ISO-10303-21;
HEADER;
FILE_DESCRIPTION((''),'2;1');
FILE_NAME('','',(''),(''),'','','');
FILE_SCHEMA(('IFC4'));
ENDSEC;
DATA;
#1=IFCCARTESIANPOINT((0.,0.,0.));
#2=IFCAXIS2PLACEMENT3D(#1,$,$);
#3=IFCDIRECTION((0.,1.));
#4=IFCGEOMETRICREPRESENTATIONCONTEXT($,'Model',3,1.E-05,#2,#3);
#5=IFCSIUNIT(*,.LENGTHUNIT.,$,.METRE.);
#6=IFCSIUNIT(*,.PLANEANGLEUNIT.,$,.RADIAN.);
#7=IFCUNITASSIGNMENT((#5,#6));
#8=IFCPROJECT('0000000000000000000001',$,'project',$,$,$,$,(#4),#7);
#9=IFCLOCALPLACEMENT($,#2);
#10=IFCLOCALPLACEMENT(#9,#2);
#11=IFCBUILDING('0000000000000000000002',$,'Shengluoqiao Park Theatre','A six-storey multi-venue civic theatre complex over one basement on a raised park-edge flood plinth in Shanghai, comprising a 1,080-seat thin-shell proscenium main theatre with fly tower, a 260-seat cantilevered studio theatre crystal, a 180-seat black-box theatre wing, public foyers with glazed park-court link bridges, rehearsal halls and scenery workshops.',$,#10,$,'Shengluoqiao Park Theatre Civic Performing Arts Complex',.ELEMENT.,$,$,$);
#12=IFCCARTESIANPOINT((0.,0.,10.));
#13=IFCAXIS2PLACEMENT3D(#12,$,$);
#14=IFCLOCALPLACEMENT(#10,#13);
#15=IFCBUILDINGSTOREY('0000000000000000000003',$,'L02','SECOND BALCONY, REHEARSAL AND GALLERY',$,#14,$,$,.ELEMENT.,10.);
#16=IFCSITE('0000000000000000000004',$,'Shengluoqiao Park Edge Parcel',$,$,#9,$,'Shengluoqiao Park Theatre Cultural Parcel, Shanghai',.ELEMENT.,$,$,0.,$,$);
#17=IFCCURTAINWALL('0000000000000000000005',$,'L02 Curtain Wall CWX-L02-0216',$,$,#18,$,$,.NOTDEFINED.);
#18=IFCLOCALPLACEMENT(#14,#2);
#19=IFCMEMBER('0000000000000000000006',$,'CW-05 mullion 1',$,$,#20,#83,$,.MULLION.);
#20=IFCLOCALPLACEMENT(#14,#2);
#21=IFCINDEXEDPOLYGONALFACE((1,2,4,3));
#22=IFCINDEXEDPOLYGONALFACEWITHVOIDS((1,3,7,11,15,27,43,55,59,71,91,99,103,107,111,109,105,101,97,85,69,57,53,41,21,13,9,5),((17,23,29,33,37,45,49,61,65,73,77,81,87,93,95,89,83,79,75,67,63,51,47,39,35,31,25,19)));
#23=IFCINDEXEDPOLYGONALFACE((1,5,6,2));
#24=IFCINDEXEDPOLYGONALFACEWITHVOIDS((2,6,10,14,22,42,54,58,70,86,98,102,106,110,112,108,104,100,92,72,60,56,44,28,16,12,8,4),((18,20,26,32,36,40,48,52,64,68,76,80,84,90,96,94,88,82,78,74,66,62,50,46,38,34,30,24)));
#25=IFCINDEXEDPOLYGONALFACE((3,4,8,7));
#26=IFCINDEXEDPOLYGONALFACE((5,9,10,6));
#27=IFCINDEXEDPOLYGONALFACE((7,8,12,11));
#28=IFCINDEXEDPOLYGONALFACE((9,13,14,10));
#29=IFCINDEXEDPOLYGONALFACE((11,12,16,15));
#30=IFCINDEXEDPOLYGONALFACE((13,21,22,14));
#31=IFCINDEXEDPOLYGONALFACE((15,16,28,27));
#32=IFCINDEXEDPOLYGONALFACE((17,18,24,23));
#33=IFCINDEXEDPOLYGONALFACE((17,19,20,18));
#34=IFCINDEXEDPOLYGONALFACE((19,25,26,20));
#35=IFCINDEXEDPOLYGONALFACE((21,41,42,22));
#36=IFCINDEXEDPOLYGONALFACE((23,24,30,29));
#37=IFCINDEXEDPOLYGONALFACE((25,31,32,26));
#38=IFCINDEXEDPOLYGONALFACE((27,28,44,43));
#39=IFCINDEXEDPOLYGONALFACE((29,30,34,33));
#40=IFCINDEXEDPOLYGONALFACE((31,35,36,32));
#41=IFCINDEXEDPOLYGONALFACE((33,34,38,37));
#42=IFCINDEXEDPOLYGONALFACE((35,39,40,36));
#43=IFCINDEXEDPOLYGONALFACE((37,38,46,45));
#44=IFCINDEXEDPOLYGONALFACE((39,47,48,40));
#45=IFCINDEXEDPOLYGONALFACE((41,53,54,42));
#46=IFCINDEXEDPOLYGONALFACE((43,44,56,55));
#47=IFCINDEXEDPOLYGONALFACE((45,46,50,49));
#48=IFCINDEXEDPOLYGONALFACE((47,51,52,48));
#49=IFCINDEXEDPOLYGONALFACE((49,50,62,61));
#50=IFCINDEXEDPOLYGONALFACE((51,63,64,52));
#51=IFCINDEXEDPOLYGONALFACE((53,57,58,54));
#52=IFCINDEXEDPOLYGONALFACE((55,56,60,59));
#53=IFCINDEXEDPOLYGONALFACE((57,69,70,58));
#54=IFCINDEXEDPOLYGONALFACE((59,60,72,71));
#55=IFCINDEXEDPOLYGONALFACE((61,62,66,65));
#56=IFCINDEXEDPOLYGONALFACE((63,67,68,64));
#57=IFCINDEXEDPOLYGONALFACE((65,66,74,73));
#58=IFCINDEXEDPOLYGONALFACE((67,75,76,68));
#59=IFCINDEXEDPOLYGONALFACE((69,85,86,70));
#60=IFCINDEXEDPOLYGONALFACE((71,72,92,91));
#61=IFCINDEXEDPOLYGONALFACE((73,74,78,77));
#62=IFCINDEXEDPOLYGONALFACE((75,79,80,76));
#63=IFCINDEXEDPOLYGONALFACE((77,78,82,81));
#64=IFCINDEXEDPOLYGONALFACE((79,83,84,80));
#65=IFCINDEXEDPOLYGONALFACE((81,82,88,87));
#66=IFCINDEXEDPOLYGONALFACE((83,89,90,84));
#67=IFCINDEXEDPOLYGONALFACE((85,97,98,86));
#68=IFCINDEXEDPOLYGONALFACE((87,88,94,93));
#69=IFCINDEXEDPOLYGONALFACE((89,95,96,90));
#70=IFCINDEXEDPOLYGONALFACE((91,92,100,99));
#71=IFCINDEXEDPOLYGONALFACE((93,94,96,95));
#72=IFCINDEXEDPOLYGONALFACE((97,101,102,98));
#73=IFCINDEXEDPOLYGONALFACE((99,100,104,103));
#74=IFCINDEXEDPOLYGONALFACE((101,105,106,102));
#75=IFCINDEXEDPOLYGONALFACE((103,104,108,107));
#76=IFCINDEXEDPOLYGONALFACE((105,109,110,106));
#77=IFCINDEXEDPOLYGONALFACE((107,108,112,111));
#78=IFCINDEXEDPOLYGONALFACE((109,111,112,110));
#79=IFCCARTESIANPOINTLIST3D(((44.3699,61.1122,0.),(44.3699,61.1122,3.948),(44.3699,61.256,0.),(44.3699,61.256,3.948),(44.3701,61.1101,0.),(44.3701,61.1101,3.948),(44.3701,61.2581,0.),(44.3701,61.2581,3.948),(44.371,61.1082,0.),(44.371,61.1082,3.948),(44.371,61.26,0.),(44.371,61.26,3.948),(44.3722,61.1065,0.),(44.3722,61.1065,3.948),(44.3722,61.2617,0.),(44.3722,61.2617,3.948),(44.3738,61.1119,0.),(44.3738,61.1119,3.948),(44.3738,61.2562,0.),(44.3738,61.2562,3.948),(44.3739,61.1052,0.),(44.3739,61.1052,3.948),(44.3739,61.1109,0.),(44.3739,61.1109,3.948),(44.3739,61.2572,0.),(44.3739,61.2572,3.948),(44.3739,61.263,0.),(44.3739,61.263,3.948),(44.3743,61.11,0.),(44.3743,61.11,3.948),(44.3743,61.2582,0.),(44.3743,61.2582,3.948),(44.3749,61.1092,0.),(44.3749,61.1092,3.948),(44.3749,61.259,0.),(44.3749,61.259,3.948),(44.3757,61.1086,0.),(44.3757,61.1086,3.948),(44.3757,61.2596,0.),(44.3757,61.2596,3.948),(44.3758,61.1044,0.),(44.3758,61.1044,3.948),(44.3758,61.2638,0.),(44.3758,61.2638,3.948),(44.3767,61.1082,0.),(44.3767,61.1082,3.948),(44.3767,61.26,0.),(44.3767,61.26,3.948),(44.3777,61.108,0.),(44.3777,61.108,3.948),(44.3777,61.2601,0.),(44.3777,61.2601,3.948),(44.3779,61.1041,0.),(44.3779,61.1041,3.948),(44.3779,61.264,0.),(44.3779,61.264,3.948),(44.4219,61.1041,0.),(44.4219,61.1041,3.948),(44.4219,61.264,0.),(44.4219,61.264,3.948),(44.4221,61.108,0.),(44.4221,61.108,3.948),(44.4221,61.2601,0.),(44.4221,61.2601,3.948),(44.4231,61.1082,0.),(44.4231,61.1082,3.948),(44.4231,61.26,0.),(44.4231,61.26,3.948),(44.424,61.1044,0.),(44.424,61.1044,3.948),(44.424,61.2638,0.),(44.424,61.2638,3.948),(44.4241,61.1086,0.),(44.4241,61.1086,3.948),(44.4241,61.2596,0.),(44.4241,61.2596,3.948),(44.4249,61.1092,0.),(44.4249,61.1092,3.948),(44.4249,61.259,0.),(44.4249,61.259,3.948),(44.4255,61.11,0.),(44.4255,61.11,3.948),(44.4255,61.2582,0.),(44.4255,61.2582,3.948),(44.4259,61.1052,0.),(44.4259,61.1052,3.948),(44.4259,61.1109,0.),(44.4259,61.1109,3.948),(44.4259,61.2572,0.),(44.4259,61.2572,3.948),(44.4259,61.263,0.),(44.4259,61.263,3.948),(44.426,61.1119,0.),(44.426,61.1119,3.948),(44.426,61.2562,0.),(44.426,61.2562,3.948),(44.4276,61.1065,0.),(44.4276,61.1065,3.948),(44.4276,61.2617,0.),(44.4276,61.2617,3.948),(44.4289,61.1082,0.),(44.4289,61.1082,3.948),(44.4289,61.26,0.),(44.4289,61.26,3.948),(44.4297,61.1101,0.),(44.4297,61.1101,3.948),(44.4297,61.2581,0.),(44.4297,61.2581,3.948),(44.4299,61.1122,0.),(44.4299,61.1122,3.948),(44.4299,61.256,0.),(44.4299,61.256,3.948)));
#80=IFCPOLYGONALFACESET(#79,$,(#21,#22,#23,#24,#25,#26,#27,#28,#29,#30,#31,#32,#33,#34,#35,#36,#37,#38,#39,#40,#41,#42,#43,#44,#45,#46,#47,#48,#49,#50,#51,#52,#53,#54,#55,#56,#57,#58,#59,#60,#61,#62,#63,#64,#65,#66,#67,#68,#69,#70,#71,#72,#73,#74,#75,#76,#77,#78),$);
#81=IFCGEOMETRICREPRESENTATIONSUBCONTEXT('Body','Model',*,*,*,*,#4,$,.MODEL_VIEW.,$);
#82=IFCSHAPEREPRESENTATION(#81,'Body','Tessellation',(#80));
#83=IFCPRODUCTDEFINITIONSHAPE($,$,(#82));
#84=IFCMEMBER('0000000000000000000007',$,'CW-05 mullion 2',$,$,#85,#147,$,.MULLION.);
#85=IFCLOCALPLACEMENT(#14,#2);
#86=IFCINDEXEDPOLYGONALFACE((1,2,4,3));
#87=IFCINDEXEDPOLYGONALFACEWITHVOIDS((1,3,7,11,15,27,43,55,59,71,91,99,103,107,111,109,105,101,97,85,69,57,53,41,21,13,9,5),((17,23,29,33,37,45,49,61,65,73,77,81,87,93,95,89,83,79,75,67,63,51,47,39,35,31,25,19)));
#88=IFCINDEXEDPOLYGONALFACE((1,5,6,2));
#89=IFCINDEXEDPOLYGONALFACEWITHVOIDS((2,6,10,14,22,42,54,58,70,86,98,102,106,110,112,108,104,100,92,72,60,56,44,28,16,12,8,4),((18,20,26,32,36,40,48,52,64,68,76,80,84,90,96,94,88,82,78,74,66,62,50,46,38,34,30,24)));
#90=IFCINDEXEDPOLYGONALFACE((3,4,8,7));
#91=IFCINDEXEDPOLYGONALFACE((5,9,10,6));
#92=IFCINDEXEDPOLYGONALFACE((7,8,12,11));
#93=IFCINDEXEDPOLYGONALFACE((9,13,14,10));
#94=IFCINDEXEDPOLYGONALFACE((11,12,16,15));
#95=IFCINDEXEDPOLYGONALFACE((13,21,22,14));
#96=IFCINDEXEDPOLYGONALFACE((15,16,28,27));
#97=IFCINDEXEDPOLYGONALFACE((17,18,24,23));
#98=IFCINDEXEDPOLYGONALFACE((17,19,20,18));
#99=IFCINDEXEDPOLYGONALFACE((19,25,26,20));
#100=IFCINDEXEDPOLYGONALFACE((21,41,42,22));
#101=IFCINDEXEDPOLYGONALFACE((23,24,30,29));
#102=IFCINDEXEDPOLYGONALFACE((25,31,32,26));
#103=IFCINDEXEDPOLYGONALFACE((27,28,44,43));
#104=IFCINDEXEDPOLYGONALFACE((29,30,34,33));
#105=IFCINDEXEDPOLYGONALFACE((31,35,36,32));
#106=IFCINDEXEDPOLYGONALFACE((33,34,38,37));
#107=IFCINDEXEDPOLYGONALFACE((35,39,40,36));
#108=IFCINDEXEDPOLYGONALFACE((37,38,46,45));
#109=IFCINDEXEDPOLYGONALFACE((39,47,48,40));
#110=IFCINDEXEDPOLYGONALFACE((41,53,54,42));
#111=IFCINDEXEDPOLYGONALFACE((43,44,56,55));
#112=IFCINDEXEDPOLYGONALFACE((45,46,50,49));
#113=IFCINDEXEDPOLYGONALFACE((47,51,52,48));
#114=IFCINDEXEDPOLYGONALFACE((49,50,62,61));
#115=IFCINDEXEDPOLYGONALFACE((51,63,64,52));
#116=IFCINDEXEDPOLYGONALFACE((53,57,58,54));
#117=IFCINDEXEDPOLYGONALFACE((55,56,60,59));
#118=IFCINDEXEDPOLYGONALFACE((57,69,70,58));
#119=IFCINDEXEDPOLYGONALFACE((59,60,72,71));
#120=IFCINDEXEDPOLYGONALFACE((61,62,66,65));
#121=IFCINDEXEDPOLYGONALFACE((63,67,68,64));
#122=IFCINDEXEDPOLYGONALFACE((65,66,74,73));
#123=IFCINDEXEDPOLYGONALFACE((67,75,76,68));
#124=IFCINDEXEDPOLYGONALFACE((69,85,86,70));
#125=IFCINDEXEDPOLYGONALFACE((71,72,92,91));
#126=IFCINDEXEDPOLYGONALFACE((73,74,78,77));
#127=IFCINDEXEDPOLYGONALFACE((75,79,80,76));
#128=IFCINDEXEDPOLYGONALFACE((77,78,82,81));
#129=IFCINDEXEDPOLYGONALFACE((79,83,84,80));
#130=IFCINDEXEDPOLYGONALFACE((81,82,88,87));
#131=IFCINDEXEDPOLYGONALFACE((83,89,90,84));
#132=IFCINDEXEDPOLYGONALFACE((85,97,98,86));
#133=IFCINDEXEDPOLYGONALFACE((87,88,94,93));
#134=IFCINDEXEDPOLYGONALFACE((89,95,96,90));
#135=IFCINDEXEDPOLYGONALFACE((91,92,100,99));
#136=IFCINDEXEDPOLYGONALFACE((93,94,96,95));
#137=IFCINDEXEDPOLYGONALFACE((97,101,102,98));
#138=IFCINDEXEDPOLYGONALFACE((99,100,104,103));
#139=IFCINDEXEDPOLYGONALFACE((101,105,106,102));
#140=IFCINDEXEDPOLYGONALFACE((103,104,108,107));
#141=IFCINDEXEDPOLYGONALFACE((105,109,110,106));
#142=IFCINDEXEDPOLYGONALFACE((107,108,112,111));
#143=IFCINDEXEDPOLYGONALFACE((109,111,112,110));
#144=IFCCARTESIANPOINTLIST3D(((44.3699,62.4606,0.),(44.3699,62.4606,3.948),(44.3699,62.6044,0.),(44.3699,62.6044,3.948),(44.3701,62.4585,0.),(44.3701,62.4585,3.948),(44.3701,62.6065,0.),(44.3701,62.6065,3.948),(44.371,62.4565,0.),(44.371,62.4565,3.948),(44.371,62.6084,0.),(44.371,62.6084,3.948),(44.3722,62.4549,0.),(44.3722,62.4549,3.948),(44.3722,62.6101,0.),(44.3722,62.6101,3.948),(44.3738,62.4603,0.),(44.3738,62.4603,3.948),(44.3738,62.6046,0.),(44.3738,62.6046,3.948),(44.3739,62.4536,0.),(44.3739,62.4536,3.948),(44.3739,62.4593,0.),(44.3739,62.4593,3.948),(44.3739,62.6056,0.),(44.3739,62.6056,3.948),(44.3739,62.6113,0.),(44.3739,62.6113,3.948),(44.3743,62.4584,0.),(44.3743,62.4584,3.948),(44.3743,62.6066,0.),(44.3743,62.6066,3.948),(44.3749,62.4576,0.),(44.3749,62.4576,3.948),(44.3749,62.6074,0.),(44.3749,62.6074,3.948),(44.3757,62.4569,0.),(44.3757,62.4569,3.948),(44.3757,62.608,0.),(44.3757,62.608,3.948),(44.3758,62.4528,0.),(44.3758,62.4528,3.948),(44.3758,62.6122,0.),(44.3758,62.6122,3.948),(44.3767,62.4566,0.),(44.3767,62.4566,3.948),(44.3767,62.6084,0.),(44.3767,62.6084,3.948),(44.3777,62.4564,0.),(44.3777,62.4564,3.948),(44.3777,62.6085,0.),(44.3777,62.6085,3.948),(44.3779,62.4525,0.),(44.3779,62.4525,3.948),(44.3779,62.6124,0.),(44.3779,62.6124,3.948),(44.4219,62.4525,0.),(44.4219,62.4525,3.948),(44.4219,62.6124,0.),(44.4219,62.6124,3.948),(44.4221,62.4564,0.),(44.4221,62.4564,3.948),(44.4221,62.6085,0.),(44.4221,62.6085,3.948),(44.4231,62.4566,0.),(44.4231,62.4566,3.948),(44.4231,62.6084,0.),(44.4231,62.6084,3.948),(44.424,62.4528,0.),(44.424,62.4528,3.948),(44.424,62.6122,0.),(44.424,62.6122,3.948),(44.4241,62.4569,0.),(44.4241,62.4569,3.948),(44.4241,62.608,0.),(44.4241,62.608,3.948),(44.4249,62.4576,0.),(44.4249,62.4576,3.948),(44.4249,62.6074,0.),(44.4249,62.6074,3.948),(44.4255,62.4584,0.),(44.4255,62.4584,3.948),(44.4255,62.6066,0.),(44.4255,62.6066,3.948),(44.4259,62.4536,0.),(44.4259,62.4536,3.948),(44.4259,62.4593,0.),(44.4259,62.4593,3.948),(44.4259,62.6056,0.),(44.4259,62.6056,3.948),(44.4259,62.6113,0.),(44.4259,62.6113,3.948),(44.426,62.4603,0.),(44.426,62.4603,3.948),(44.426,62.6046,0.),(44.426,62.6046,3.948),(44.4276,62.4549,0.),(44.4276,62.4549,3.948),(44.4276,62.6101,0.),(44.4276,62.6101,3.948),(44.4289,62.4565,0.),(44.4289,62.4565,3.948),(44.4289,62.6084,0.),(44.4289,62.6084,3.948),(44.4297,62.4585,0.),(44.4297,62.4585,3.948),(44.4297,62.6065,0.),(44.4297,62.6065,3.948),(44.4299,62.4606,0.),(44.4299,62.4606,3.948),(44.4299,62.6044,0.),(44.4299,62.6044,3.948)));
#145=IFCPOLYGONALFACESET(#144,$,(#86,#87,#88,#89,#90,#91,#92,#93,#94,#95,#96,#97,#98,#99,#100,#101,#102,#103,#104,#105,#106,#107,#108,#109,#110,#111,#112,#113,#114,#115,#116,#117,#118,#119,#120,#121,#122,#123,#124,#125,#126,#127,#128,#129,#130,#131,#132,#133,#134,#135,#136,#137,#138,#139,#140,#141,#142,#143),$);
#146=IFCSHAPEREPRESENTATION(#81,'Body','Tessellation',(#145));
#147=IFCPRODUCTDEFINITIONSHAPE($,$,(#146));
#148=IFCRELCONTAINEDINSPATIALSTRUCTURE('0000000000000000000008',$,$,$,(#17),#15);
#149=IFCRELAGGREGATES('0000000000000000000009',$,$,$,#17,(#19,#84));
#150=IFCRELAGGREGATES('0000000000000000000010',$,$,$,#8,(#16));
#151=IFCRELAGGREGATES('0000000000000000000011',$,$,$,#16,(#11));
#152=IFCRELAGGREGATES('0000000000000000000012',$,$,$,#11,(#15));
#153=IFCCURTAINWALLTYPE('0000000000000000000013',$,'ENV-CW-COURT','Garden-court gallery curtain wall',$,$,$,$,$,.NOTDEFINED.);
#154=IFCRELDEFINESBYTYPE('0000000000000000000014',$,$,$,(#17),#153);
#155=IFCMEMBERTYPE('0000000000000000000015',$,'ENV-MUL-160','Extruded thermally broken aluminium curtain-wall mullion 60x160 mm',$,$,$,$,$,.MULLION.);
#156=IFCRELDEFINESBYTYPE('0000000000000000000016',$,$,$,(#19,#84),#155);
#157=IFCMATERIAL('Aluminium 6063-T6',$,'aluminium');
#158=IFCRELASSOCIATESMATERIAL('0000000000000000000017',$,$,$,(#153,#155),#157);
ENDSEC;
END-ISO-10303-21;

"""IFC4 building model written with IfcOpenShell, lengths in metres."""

from ifc_helpers import new_model, si_unit, direction, frame, origin, origin_2d, place, context, subcontext, project, spatial, hollow_rectangle, extrude, material, material_profile, profile_set, type_object, element, aggregate, save


model = new_model("IFC4")

# Units and contexts
model_context = context("Model", 3, precision=1e-05, world=origin(), true_north=direction((0.0, 1.0)))
body_context = subcontext(model_context, "Body", "Model", "MODEL_VIEW")
ifc_project = project(units=[si_unit("LENGTHUNIT", "METRE"), si_unit("PLANEANGLEUNIT", "RADIAN")], contexts=[model_context])

# Site, building, storey
site_placement = place(None, origin())
site = spatial("IfcSite", under=ifc_project, at=site_placement, Name="Shengluoqiao Park Edge Parcel", LongName="Shengluoqiao Park Theatre Cultural Parcel, Shanghai", CompositionType="ELEMENT", RefElevation=0.0)
building_placement = place(site_placement, origin())
building = spatial("IfcBuilding", under=site, at=building_placement, Name="Shengluoqiao Park Theatre", Description="A six-storey multi-venue civic theatre complex over one basement on a raised park-edge flood plinth in Shanghai, comprising a 1,080-seat thin-shell proscenium main theatre with fly tower, a 260-seat cantilevered studio theatre crystal, a 180-seat black-box theatre wing, public foyers with glazed park-court link bridges, rehearsal halls and scenery workshops.", LongName="Shengluoqiao Park Theatre Civic Performing Arts Complex", CompositionType="ELEMENT")
storey_placement = place(building_placement, frame((0.0, 0.0, 10.0)))
storey = spatial("IfcBuildingStorey", under=building, at=storey_placement, Name="L02", Description="SECOND BALCONY, REHEARSAL AND GALLERY", CompositionType="ELEMENT", Elevation=10.0)

# Curtain wall, members
ifc_material_1 = material(Name="Aluminium 6063-T6", Category="aluminium")
curtain_wall_type = type_object("IfcCurtainWallType", Name="ENV-CW-COURT", Description="Garden-court gallery curtain wall", PredefinedType="NOTDEFINED", material=ifc_material_1)
ifc_material_profile_1 = material_profile(ifc_material_1, hollow_rectangle(XDim=0.0601, YDim=0.1599, WallThickness=0.0039, InnerFilletRadius=0.0039, OuterFilletRadius=0.0081, at=origin_2d()), Name="ALU MULLION 160x60x4")
ifc_profile_set_1 = profile_set([ifc_material_profile_1], Name="Aluminium 6063-T6")
member_type_1 = type_object("IfcMemberType", Name="ENV-MUL-160", Description="Extruded thermally broken aluminium curtain-wall mullion 60x160 mm", PredefinedType="MULLION", material=ifc_profile_set_1)
curtain_wall_1_placement = place(storey_placement, origin())
curtain_wall_1 = element("IfcCurtainWall", 1, at=curtain_wall_1_placement, inside=storey, type_object=curtain_wall_type, Name="L02 Curtain Wall CWX-L02-0216", PredefinedType="NOTDEFINED")
member_1_placement = place(storey_placement, frame((44.3999, 61.1841, 0.0), z_axis=(0.0, 0.0, 1.0), x_axis=(-1.0, 0.0, 0.0)))
member_1 = element("IfcMember", 2, at=member_1_placement, type_object=member_type_1, Name="CW-05 mullion 1", PredefinedType="MULLION", context=body_context, shape_type="SweptSolid", body=[
    extrude(hollow_rectangle(XDim=0.0601, YDim=0.1599, WallThickness=0.0039, InnerFilletRadius=0.0039, OuterFilletRadius=0.0081, at=origin_2d()), origin(), (0.0, 0.0, 1.0), 3.948),
])
member_2_placement = place(storey_placement, frame((44.3999, 62.5325, 0.0), z_axis=(0.0, 0.0, 1.0), x_axis=(-1.0, 0.0, 0.0)))
member_2 = element("IfcMember", 3, at=member_2_placement, type_object=member_type_1, Name="CW-05 mullion 2", PredefinedType="MULLION", context=body_context, shape_type="SweptSolid", body=[
    extrude(hollow_rectangle(XDim=0.0601, YDim=0.1599, WallThickness=0.0039, InnerFilletRadius=0.0039, OuterFilletRadius=0.0081, at=origin_2d()), origin(), (0.0, 0.0, 1.0), 3.948),
])

aggregate(curtain_wall_1, [member_1, member_2])

save(model, "model.ifc")
